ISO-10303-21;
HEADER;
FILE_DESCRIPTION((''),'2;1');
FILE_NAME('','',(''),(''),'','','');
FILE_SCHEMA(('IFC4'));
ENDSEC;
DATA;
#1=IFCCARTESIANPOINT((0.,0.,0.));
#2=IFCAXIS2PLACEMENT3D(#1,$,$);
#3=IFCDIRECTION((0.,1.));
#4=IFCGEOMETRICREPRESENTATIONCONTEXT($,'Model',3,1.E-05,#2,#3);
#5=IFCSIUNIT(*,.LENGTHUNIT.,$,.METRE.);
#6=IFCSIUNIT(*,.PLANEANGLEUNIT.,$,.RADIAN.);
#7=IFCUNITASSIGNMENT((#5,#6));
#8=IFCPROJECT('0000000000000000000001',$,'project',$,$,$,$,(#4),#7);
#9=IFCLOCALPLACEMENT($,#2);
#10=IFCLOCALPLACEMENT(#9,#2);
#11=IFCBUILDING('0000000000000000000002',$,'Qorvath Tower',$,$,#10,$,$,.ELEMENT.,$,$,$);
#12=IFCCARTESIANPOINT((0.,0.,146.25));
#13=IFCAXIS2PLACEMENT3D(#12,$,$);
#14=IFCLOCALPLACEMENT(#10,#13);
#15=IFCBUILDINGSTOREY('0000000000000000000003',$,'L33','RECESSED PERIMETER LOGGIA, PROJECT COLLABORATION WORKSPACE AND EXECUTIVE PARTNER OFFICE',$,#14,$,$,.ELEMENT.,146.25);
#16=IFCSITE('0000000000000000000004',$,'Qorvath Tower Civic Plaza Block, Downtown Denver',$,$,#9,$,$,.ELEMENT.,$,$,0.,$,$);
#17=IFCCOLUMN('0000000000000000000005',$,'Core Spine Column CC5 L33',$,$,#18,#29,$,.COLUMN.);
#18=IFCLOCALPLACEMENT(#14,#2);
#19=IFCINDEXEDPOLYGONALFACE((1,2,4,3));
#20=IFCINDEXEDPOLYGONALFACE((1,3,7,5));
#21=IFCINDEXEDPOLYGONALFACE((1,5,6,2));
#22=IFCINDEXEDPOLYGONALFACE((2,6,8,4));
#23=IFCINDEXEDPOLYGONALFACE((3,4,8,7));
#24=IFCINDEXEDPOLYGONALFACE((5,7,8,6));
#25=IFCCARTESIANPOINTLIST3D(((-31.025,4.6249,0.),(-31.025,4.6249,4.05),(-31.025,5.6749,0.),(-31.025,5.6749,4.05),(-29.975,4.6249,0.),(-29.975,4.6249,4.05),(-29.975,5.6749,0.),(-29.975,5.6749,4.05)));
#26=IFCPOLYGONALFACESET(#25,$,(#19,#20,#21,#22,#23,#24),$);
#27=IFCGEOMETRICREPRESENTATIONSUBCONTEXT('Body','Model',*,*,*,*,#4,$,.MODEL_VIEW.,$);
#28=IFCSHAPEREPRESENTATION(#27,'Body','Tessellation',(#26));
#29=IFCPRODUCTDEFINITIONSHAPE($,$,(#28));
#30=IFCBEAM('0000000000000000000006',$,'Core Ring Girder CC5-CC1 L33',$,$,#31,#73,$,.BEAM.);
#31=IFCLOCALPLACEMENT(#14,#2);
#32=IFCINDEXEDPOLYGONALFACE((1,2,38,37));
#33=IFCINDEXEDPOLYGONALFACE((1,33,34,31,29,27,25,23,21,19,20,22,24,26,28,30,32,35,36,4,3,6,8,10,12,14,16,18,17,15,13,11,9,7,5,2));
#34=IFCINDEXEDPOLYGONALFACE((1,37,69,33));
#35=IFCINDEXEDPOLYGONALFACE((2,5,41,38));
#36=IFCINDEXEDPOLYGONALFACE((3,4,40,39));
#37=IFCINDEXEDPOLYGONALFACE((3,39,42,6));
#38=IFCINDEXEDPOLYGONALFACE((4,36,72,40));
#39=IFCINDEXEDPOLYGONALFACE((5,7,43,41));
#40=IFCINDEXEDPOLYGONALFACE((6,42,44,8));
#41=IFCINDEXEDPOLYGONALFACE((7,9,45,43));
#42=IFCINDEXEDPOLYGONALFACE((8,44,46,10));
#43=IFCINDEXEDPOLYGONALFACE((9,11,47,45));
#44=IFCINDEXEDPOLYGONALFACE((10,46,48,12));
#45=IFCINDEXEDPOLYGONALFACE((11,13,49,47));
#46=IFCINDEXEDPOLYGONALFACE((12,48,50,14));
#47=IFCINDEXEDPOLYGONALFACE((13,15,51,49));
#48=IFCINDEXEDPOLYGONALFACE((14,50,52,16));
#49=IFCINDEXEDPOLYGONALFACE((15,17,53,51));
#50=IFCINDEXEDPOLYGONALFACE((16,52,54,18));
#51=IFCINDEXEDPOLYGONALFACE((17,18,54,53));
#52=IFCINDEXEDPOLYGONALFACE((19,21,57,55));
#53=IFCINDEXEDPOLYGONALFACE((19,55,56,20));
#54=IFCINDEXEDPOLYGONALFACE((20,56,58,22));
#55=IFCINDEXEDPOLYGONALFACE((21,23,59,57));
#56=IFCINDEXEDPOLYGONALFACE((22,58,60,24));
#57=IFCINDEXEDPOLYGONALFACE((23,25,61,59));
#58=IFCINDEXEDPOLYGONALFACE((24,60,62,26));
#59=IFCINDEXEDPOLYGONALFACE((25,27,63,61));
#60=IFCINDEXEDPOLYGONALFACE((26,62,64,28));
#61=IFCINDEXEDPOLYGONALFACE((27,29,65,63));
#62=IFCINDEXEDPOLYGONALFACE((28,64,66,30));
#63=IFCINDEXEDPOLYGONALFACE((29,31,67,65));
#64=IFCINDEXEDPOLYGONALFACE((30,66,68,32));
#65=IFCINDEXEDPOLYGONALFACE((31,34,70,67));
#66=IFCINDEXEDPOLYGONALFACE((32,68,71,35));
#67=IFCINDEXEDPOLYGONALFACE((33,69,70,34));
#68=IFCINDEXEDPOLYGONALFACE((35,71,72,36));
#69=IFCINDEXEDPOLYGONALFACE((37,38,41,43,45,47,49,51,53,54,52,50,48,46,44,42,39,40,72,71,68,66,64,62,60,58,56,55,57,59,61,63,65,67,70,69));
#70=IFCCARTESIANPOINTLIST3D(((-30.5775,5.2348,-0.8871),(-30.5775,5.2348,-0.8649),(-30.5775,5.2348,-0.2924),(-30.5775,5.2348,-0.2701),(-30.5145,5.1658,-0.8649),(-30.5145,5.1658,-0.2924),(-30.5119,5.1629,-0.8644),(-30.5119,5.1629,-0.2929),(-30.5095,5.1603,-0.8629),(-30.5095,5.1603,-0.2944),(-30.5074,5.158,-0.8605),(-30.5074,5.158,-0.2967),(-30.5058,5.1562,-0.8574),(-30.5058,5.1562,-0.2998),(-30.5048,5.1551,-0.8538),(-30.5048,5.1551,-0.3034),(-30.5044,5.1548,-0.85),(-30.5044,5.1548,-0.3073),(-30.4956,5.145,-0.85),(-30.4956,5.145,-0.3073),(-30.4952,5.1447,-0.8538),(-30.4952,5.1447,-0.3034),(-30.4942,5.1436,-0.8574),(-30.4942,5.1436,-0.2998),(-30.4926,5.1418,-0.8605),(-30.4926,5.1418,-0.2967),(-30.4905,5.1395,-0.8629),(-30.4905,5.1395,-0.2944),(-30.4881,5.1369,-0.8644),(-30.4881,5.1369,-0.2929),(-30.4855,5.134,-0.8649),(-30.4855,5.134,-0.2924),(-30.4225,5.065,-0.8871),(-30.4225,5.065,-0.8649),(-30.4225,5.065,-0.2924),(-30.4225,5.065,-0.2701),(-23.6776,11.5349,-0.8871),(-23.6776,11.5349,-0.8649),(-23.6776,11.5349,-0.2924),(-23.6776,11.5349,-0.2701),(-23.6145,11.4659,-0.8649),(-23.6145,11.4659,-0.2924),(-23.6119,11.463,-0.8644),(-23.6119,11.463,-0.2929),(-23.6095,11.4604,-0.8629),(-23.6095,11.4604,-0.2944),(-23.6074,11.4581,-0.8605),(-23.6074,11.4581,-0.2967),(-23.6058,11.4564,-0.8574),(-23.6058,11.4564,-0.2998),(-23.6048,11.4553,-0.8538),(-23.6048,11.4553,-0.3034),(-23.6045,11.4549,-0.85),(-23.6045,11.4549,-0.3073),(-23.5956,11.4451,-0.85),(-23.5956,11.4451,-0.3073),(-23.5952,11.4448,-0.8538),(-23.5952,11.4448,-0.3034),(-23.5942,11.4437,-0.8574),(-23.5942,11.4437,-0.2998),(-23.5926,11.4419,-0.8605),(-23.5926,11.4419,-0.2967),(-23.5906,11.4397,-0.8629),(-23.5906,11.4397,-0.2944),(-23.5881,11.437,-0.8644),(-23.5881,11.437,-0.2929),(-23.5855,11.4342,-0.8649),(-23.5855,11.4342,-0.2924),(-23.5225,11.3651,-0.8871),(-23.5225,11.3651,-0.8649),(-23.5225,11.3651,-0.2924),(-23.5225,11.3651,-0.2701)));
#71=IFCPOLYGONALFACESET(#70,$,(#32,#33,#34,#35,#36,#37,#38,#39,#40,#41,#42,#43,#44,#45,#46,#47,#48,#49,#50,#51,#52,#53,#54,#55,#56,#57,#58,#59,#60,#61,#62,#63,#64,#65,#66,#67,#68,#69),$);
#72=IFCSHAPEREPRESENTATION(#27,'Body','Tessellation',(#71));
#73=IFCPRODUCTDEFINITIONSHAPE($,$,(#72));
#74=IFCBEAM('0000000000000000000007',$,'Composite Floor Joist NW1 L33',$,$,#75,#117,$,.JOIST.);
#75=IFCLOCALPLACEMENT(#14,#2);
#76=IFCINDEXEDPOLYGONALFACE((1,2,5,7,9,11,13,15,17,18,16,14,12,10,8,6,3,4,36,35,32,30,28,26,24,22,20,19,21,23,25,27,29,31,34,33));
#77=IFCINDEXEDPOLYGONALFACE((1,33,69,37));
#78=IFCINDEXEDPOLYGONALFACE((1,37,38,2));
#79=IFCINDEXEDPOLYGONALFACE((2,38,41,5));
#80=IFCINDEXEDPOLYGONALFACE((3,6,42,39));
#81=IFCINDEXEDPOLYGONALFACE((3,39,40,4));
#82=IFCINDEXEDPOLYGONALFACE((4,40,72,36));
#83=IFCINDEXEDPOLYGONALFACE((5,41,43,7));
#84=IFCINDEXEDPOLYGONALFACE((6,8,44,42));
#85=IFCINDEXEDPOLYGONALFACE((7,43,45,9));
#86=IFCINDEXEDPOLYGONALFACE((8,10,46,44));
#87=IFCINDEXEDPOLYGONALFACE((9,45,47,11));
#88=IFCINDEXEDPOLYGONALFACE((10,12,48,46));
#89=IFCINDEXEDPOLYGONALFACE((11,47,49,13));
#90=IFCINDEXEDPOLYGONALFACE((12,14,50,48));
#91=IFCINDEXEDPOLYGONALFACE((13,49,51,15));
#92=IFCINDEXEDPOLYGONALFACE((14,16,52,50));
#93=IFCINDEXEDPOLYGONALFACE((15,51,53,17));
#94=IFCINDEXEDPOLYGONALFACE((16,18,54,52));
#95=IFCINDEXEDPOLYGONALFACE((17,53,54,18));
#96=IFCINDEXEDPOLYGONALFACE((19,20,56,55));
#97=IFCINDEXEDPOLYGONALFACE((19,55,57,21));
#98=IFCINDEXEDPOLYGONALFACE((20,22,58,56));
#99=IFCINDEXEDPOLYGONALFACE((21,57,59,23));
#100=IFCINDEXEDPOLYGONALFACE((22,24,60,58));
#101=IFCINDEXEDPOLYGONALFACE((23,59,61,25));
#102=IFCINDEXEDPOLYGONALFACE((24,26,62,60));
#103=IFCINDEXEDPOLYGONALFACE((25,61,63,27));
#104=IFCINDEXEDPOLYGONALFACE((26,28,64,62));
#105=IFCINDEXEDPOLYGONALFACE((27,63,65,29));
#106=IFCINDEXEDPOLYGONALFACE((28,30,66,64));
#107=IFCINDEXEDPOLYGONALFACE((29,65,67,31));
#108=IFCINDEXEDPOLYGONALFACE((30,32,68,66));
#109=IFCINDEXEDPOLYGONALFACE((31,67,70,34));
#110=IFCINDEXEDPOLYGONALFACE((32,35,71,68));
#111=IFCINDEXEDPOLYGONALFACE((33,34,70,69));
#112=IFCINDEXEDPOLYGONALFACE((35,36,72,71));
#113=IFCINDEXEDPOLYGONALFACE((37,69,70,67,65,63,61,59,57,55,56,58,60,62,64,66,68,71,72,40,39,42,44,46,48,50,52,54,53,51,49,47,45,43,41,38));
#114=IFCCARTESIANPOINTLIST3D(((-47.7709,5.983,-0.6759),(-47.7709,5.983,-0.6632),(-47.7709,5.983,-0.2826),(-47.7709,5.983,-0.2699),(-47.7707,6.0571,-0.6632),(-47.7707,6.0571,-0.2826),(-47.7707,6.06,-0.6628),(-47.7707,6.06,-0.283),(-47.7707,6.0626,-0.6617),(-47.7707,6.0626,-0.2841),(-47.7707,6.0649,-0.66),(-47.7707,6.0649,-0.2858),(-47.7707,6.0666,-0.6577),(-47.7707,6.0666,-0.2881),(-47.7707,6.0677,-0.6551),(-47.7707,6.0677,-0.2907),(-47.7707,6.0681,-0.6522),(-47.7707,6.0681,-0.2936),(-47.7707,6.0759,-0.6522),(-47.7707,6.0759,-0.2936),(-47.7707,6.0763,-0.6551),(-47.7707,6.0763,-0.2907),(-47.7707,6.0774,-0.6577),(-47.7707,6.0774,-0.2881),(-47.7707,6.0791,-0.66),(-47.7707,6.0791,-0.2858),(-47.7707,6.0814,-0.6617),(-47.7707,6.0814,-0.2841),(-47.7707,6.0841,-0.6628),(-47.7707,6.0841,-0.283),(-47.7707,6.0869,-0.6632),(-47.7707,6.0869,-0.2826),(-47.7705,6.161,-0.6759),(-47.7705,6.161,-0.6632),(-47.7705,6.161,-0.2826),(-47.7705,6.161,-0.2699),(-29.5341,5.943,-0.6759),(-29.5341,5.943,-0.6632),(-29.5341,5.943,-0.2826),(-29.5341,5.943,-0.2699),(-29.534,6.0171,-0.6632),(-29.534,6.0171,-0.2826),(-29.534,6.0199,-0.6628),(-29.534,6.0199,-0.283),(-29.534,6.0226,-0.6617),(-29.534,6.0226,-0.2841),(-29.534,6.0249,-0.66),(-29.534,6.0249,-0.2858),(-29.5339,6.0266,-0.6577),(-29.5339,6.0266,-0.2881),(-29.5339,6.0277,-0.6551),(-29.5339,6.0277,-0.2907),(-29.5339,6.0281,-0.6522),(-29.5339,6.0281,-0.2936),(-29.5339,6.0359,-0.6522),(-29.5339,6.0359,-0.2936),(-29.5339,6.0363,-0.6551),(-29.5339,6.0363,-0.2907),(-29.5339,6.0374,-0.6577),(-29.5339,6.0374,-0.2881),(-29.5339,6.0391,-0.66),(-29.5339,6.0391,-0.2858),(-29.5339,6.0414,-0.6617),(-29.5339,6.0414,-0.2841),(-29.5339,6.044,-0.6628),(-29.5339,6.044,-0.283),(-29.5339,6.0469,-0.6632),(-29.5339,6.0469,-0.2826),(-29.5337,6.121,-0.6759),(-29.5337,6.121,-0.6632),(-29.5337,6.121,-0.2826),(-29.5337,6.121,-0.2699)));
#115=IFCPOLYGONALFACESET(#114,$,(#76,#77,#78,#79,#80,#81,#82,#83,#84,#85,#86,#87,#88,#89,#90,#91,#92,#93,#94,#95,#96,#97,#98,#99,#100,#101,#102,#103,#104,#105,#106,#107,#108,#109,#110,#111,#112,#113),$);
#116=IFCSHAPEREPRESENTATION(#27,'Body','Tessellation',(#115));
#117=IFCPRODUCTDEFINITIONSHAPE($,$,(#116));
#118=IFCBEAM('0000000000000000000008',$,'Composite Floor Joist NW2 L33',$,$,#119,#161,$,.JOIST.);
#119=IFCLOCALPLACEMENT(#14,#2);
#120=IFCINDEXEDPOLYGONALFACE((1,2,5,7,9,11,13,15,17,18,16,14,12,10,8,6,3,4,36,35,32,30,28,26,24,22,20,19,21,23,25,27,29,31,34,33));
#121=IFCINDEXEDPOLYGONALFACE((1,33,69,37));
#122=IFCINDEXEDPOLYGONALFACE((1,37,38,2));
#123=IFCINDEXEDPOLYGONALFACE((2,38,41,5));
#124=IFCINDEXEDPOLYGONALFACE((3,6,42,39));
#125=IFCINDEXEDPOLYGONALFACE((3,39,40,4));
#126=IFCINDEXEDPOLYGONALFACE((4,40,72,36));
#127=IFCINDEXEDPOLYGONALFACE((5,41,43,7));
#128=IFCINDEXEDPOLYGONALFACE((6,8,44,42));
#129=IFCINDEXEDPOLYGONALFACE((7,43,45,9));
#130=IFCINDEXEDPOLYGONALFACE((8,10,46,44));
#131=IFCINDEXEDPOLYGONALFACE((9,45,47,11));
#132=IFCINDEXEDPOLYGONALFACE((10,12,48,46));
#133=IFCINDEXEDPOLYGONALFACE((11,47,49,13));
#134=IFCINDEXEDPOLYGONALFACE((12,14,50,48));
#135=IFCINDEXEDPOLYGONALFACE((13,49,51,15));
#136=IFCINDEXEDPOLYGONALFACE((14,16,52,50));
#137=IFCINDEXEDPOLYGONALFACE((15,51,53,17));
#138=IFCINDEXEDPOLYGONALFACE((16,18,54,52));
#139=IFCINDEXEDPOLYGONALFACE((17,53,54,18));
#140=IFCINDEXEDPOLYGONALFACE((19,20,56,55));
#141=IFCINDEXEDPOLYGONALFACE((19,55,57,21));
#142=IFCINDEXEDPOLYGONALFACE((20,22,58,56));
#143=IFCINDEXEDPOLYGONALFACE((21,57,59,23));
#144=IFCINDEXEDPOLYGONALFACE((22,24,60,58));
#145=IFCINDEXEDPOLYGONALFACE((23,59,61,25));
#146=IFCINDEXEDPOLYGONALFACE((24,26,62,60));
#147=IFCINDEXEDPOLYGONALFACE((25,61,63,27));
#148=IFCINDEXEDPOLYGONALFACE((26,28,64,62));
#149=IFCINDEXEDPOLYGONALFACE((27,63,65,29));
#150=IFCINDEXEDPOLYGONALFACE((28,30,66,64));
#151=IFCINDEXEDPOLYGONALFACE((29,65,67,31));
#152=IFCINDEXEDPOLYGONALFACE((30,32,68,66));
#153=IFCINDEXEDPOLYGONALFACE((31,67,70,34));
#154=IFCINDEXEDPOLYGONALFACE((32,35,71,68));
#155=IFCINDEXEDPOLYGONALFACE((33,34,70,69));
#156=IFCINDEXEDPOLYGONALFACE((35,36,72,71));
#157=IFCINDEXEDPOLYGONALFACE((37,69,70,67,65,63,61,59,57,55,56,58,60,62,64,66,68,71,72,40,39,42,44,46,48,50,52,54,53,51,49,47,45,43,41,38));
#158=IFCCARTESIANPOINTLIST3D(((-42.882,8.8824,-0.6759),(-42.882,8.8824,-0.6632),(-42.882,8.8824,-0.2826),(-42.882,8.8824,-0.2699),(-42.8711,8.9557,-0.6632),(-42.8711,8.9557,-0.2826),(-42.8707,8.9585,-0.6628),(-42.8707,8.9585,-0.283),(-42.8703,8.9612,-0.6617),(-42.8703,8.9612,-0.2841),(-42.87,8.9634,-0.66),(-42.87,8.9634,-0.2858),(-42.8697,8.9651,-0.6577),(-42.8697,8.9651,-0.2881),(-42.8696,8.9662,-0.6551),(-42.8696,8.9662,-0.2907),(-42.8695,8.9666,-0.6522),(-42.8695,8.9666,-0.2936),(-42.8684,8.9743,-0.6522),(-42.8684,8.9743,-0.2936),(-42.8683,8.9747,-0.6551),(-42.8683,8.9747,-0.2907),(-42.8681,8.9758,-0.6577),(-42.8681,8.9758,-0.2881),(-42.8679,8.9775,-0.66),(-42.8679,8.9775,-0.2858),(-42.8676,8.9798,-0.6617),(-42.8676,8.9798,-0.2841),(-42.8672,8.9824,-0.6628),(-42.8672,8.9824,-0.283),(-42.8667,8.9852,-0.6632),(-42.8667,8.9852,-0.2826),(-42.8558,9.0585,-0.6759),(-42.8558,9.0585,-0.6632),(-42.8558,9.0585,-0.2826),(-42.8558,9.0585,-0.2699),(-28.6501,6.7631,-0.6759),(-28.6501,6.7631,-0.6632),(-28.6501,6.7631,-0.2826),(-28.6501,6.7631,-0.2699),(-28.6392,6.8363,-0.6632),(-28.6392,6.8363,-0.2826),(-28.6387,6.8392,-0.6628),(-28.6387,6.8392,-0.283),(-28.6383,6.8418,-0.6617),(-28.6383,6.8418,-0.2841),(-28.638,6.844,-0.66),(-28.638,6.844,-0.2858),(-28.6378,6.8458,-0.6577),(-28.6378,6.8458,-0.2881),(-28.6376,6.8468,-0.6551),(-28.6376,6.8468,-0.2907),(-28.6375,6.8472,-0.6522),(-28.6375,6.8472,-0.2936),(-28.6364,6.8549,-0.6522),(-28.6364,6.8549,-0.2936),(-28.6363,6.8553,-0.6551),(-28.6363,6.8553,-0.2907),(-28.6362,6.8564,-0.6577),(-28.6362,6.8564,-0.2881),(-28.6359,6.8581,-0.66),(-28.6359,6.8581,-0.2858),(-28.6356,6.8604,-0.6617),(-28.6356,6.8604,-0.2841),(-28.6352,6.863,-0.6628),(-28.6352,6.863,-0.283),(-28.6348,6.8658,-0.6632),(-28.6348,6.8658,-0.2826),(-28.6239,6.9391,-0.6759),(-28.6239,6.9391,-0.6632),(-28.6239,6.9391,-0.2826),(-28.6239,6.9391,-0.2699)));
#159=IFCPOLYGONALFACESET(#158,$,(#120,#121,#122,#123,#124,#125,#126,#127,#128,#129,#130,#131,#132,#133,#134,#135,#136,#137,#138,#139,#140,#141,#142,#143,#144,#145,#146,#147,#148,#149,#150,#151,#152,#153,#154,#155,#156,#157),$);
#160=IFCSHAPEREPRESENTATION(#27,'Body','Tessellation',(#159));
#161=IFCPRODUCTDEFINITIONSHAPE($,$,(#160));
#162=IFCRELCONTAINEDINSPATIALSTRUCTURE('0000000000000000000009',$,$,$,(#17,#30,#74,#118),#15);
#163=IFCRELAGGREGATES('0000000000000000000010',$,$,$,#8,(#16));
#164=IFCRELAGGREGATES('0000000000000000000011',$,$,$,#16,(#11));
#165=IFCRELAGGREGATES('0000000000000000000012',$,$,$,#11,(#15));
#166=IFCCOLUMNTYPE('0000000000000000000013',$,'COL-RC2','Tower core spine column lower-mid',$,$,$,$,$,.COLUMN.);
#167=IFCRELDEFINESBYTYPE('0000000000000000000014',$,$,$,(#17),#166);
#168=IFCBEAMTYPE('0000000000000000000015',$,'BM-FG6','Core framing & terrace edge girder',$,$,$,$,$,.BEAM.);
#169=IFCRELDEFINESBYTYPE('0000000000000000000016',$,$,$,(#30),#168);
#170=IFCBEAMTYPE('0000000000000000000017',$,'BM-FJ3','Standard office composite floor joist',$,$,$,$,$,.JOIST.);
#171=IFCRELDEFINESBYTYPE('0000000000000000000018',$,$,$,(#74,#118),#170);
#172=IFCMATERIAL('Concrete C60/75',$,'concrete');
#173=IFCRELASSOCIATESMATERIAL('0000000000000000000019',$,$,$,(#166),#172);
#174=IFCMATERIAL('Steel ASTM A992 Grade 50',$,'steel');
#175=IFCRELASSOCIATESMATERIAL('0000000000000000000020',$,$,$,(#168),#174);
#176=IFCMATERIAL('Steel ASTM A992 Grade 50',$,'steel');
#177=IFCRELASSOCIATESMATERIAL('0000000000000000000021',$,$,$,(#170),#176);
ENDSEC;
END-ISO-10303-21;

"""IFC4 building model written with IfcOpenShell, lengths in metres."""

from ifc_helpers import new_model, si_unit, direction, frame, origin, origin_2d, place, context, subcontext, project, spatial, rectangle, i_section, extrude, material, material_profile, profile_set, type_object, element, save


model = new_model("IFC4")

# Units and contexts
model_context = context("Model", 3, precision=1e-05, world=origin(), true_north=direction((0.0, 1.0)))
body_context = subcontext(model_context, "Body", "Model", "MODEL_VIEW")
ifc_project = project(units=[si_unit("LENGTHUNIT", "METRE"), si_unit("PLANEANGLEUNIT", "RADIAN")], contexts=[model_context])

# Site, building, storey
site_placement = place(None, origin())
site = spatial("IfcSite", under=ifc_project, at=site_placement, Name="Qorvath Tower Civic Plaza Block, Downtown Denver", CompositionType="ELEMENT", RefElevation=0.0)
building_placement = place(site_placement, origin())
building = spatial("IfcBuilding", under=site, at=building_placement, Name="Qorvath Tower", CompositionType="ELEMENT")
storey_placement = place(building_placement, frame((0.0, 0.0, 146.25)))
storey = spatial("IfcBuildingStorey", under=building, at=storey_placement, Name="L33", Description="RECESSED PERIMETER LOGGIA, PROJECT COLLABORATION WORKSPACE AND EXECUTIVE PARTNER OFFICE", CompositionType="ELEMENT", Elevation=146.25)

# Column
ifc_material_1 = material(Name="Concrete C60/75", Category="concrete")
ifc_material_profile_1 = material_profile(ifc_material_1, rectangle(XDim=1.05, YDim=1.05, at=origin_2d()), Name="RC 1050x1050")
ifc_profile_set_1 = profile_set([ifc_material_profile_1], Name="Concrete C60/75")
column_type = type_object("IfcColumnType", Name="COL-RC2", Description="Tower core spine column lower-mid", PredefinedType="COLUMN", material=ifc_profile_set_1)
column_placement = place(storey_placement, frame((-30.5, 5.1499, 0.0), z_axis=(0.0, 0.0, 1.0), x_axis=(1.0, 0.0, 0.0)))
element("IfcColumn", 1, at=column_placement, inside=storey, type_object=column_type, Name="Core Spine Column CC5 L33", PredefinedType="COLUMN", context=body_context, shape_type="SweptSolid", body=[
    extrude(rectangle(XDim=1.05, YDim=1.05, at=origin_2d()), origin(), (0.0, 0.0, 1.0), 4.05),
])

# Beams
ifc_material_2 = material(Name="Steel ASTM A992 Grade 50", Category="steel")
ifc_material_profile_2 = material_profile(ifc_material_2, i_section(OverallWidth=0.23, OverallDepth=0.6169, WebThickness=0.0132, FlangeThickness=0.0222, FilletRadius=0.0149, at=origin_2d()), Name="W24x94")
ifc_profile_set_2 = profile_set([ifc_material_profile_2], Name="Steel ASTM A992 Grade 50")
beam_type_1 = type_object("IfcBeamType", Name="BM-FG6", Description="Core framing & terrace edge girder", PredefinedType="BEAM", material=ifc_profile_set_2)
beam_1_placement = place(storey_placement, frame((-30.5, 5.1499, -0.5786), z_axis=(0.738478, 0.674277, 0.0), x_axis=(-0.674277, 0.738478, 0.0)))
element("IfcBeam", 2, at=beam_1_placement, inside=storey, type_object=beam_type_1, Name="Core Ring Girder CC5-CC1 L33", PredefinedType="BEAM", context=body_context, shape_type="SweptSolid", body=[
    extrude(i_section(OverallWidth=0.23, OverallDepth=0.6169, WebThickness=0.0132, FlangeThickness=0.0222, FilletRadius=0.0149, at=origin_2d()), origin(), (0.0, 0.0, 1.0), 9.3435),
])
ifc_material_3 = material(Name="Steel ASTM A992 Grade 50", Category="steel")
ifc_material_profile_3 = material_profile(ifc_material_3, i_section(OverallWidth=0.178, OverallDepth=0.406, WebThickness=0.0078, FlangeThickness=0.0127, FilletRadius=0.011, at=origin_2d()), Name="W16x40")
ifc_profile_set_3 = profile_set([ifc_material_profile_3], Name="Steel ASTM A992 Grade 50")
beam_type_2 = type_object("IfcBeamType", Name="BM-FJ3", Description="Standard office composite floor joist", PredefinedType="JOIST", material=ifc_profile_set_3)
beam_2_placement = place(storey_placement, frame((-29.5339, 6.032, -0.4729), z_axis=(-0.999998, 0.002196, 0.0), x_axis=(-0.002196, -0.999998, 0.0)))
element("IfcBeam", 3, at=beam_2_placement, inside=storey, type_object=beam_type_2, Name="Composite Floor Joist NW1 L33", PredefinedType="JOIST", context=body_context, shape_type="SweptSolid", body=[
    extrude(i_section(OverallWidth=0.178, OverallDepth=0.406, WebThickness=0.0078, FlangeThickness=0.0127, FilletRadius=0.011, at=origin_2d()), origin(), (0.0, 0.0, 1.0), 18.2368),
])
beam_3_placement = place(storey_placement, frame((-28.637, 6.8511, -0.4729), z_axis=(-0.989093, 0.147293, 0.0), x_axis=(-0.147293, -0.989093, 0.0)))
element("IfcBeam", 4, at=beam_3_placement, inside=storey, type_object=beam_type_2, Name="Composite Floor Joist NW2 L33", PredefinedType="JOIST", context=body_context, shape_type="SweptSolid", body=[
    extrude(i_section(OverallWidth=0.178, OverallDepth=0.406, WebThickness=0.0078, FlangeThickness=0.0127, FilletRadius=0.011, at=origin_2d()), origin(), (0.0, 0.0, 1.0), 14.3889),
])

save(model, "model.ifc")
